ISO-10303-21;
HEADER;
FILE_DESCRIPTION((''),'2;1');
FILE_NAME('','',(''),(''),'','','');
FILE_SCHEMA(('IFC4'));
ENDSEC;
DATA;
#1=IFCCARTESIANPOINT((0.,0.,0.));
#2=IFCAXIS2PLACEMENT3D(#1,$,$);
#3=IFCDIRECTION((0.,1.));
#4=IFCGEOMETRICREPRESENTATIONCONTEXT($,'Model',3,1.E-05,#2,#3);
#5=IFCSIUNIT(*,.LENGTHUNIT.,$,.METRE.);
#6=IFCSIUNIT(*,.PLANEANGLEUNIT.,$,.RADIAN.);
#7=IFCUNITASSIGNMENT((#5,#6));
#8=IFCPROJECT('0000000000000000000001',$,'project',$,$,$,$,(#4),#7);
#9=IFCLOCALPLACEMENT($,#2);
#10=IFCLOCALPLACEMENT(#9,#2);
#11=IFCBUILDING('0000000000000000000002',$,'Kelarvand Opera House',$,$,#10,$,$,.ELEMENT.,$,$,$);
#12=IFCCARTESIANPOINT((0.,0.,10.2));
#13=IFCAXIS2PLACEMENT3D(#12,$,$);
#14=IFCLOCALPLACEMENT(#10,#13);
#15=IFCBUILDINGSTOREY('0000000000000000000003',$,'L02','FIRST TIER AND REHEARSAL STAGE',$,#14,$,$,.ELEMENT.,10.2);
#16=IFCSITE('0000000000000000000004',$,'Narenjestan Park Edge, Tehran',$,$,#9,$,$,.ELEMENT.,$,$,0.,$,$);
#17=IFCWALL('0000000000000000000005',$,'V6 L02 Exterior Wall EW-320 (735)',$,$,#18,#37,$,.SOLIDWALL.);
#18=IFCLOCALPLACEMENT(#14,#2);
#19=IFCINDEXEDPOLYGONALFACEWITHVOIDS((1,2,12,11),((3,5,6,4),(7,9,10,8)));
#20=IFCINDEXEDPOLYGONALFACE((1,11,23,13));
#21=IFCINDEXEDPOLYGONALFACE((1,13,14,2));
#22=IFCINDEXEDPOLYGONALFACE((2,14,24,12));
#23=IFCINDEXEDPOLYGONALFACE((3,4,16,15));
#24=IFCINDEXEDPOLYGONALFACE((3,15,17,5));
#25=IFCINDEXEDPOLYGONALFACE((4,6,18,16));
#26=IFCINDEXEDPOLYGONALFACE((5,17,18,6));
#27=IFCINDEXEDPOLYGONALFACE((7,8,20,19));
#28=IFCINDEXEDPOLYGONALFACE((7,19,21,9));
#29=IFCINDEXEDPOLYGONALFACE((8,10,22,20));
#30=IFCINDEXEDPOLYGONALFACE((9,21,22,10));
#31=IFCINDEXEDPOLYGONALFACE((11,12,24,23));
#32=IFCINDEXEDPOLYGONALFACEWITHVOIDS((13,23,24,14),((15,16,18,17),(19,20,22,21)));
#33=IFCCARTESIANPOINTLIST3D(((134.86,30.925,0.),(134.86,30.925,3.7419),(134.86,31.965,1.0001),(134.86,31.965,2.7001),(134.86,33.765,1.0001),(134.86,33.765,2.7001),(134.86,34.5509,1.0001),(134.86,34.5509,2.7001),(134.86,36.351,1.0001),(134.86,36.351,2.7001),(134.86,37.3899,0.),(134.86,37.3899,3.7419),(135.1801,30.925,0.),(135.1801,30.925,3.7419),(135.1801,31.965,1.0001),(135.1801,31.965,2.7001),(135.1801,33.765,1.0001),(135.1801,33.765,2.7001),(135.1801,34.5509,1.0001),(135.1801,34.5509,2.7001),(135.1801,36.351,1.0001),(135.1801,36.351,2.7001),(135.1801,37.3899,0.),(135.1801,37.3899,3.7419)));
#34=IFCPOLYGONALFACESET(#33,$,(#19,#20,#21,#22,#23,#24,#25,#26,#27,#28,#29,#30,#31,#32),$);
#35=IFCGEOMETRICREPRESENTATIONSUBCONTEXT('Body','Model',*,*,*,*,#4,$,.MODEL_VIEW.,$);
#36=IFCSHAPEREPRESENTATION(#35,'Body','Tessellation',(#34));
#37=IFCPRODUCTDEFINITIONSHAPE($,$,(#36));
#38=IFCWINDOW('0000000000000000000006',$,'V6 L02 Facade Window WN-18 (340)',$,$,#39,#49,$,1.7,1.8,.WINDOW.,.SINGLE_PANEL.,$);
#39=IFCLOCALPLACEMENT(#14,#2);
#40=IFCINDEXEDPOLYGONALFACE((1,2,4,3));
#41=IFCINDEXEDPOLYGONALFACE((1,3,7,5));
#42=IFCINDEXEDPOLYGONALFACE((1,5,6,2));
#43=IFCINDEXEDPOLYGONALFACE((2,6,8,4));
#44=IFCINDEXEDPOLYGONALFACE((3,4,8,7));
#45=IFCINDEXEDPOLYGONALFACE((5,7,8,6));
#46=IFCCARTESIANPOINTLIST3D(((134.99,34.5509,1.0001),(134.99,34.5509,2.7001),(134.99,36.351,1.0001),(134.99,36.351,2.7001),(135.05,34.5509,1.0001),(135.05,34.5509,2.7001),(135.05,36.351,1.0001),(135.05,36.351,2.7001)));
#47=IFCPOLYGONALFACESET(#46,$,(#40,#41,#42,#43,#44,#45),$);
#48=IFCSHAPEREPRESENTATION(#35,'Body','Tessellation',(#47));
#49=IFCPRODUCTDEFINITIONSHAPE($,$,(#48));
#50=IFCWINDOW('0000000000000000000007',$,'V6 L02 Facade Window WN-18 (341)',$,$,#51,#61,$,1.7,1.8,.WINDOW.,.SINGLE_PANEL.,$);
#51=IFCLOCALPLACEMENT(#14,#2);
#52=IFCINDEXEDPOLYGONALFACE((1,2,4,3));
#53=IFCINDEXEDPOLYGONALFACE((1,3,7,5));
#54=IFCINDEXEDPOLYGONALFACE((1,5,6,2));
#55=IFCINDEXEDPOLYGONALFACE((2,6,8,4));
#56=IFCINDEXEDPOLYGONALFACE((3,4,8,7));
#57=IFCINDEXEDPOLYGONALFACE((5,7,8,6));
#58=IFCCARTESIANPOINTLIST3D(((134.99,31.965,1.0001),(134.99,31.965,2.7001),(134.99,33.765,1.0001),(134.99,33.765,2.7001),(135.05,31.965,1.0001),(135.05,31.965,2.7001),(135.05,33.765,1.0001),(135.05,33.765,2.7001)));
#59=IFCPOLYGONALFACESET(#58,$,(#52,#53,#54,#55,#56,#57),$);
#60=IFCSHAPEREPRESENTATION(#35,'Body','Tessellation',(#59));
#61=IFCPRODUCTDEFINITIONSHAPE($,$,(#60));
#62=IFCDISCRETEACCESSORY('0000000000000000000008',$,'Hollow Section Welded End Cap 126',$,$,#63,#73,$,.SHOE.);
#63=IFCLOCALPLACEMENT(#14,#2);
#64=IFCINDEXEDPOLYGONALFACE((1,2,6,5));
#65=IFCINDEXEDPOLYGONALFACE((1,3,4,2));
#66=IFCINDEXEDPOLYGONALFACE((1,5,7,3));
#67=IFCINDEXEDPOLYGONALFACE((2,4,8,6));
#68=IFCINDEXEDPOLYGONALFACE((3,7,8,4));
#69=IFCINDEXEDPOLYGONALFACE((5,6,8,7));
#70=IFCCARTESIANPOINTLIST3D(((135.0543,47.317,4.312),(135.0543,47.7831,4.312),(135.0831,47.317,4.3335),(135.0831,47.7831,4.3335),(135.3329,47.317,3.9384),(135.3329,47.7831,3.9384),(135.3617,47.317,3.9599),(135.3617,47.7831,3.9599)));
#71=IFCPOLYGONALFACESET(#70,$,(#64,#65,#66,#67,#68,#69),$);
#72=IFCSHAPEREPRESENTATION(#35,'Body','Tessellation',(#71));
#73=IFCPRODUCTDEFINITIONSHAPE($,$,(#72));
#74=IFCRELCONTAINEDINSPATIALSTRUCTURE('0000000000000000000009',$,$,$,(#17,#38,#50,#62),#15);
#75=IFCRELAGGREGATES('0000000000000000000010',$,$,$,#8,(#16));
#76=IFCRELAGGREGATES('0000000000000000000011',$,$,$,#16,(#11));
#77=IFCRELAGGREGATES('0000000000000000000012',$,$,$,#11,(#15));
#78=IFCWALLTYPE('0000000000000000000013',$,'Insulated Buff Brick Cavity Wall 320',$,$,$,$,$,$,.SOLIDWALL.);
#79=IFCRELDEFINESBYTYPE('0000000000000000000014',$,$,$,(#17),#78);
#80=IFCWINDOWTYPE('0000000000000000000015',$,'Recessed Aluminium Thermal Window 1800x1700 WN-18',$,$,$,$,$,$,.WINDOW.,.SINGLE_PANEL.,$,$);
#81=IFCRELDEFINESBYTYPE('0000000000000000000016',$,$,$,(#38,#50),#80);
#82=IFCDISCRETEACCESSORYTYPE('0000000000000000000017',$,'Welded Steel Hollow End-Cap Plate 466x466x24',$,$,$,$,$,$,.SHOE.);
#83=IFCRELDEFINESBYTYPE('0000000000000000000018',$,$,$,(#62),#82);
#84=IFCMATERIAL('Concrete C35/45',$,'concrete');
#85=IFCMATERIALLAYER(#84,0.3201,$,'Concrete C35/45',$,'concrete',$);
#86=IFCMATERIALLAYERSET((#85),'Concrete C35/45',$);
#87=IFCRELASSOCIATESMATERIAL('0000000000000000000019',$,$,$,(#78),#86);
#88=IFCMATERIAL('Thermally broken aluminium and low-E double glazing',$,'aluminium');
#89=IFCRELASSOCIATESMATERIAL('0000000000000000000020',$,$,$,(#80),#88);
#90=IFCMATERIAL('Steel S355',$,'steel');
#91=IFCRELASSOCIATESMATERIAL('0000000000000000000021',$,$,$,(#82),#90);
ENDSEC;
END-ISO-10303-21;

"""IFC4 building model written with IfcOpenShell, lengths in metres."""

from ifc_helpers import new_model, si_unit, direction, frame, frame_2d, origin, origin_2d, place, context, subcontext, project, spatial, rectangle, extrude, material, layer, layer_set, material_profile, profile_set, type_object, element, fill, save


model = new_model("IFC4")

# Units and contexts
model_context = context("Model", 3, precision=1e-05, world=origin(), true_north=direction((0.0, 1.0)))
body_context = subcontext(model_context, "Body", "Model", "MODEL_VIEW")
ifc_project = project(units=[si_unit("LENGTHUNIT", "METRE"), si_unit("PLANEANGLEUNIT", "RADIAN")], contexts=[model_context])

# Site, building, storey
site_placement = place(None, origin())
site = spatial("IfcSite", under=ifc_project, at=site_placement, Name="Narenjestan Park Edge, Tehran", CompositionType="ELEMENT", RefElevation=0.0)
building_placement = place(site_placement, origin())
building = spatial("IfcBuilding", under=site, at=building_placement, Name="Kelarvand Opera House", CompositionType="ELEMENT")
storey_placement = place(building_placement, frame((0.0, 0.0, 10.2)))
storey = spatial("IfcBuildingStorey", under=building, at=storey_placement, Name="L02", Description="FIRST TIER AND REHEARSAL STAGE", CompositionType="ELEMENT", Elevation=10.2)

# Shared definitions
ifc_material_1 = material(Name="Steel S355", Category="steel")

# Wall, openings, windows
ifc_material_2 = material(Name="Concrete C35/45", Category="concrete")
ifc_layer_1 = layer(ifc_material_2, 0.3201, Name="Concrete C35/45", Category="concrete")
ifc_layer_set_1 = layer_set([ifc_layer_1], Name="Concrete C35/45")
wall_type = type_object("IfcWallType", Name="Insulated Buff Brick Cavity Wall 320", PredefinedType="SOLIDWALL", material=ifc_layer_set_1)
wall_placement = place(storey_placement, frame((135.02, 37.3899, 0.0), z_axis=(0.0, 0.0, 1.0), x_axis=(0.0, -1.0, 0.0)))
wall = element("IfcWall", 1, at=wall_placement, inside=storey, type_object=wall_type, Name="V6 L02 Exterior Wall EW-320 (735)", PredefinedType="SOLIDWALL", context=body_context, shape_type="SweptSolid", body=[
    extrude(rectangle(XDim=6.4648, YDim=0.3201, at=frame_2d((3.2324, 0.0))), origin(), (0.0, 0.0, 1.0), 3.7419),
])
opening_1_placement = place(wall_placement, frame((1.0391, 0.0, 1.0)))
opening_1 = element("IfcOpeningElement", 2, at=opening_1_placement, cuts=wall, PredefinedType="OPENING", context=body_context, shape_type="SweptSolid", body=[
    extrude(rectangle(XDim=1.8, YDim=1.7, at=frame_2d((0.8999, 0.8501))), frame((0.0, 0.1699, 0.0), z_axis=(0.0, -1.0, 0.0), x_axis=(1.0, 0.0, 0.0)), (0.0, 0.0, 1.0), 0.3401),
])
opening_2_placement = place(wall_placement, frame((3.625, 0.0, 1.0)))
opening_2 = element("IfcOpeningElement", 3, at=opening_2_placement, cuts=wall, PredefinedType="OPENING", context=body_context, shape_type="SweptSolid", body=[
    extrude(rectangle(XDim=1.8, YDim=1.7, at=frame_2d((0.8999, 0.8501))), frame((0.0, 0.1699, 0.0), z_axis=(0.0, -1.0, 0.0), x_axis=(1.0, 0.0, 0.0)), (0.0, 0.0, 1.0), 0.3401),
])
ifc_material_3 = material(Name="Thermally broken aluminium and low-E double glazing", Category="aluminium")
window_type = type_object("IfcWindowType", Name="Recessed Aluminium Thermal Window 1800x1700 WN-18", PartitioningType="SINGLE_PANEL", PredefinedType="WINDOW", material=ifc_material_3)
window_1_placement = place(opening_1_placement, origin())
window_1 = element("IfcWindow", 4, at=window_1_placement, inside=storey, type_object=window_type, Name="V6 L02 Facade Window WN-18 (340)", OverallHeight=1.7, OverallWidth=1.8, PartitioningType="SINGLE_PANEL", PredefinedType="WINDOW", context=body_context, shape_type="SweptSolid", body=[
    extrude(rectangle(XDim=1.8, YDim=1.7, at=frame_2d((0.8999, 0.8501))), frame((0.0, 0.03, 0.0), z_axis=(0.0, -1.0, 0.0), x_axis=(1.0, 0.0, 0.0)), (0.0, 0.0, 1.0), 0.0601),
])
fill(opening_1, window_1)
window_2_placement = place(opening_2_placement, origin())
window_2 = element("IfcWindow", 5, at=window_2_placement, inside=storey, type_object=window_type, Name="V6 L02 Facade Window WN-18 (341)", OverallHeight=1.7, OverallWidth=1.8, PartitioningType="SINGLE_PANEL", PredefinedType="WINDOW", context=body_context, shape_type="SweptSolid", body=[
    extrude(rectangle(XDim=1.8, YDim=1.7, at=frame_2d((0.8999, 0.8501))), frame((0.0, 0.03, 0.0), z_axis=(0.0, -1.0, 0.0), x_axis=(1.0, 0.0, 0.0)), (0.0, 0.0, 1.0), 0.0601),
])
fill(opening_2, window_2)

# Discrete accessory
ifc_material_profile_1 = material_profile(ifc_material_1, rectangle(XDim=0.4661, YDim=0.4661, at=origin_2d()), Name="Welded Steel Hollow End-Cap Plate 466x466x24", Category="steel")
ifc_profile_set_1 = profile_set([ifc_material_profile_1], Name="Steel S355")
discrete_accessory_type = type_object("IfcDiscreteAccessoryType", Name="Welded Steel Hollow End-Cap Plate 466x466x24", PredefinedType="SHOE", material=ifc_profile_set_1)
discrete_accessory_placement = place(storey_placement, frame((135.1936, 47.55, 4.1252), z_axis=(0.801627, 0.0, 0.597824), x_axis=(0.0, 1.0, 0.0)))
element("IfcDiscreteAccessory", 6, at=discrete_accessory_placement, inside=storey, type_object=discrete_accessory_type, Name="Hollow Section Welded End Cap 126", PredefinedType="SHOE", context=body_context, shape_type="SweptSolid", body=[
    extrude(rectangle(XDim=0.4661, YDim=0.4661, at=origin_2d()), origin(), (0.0, 0.0, 1.0), 0.0359),
])

save(model, "model.ifc")
